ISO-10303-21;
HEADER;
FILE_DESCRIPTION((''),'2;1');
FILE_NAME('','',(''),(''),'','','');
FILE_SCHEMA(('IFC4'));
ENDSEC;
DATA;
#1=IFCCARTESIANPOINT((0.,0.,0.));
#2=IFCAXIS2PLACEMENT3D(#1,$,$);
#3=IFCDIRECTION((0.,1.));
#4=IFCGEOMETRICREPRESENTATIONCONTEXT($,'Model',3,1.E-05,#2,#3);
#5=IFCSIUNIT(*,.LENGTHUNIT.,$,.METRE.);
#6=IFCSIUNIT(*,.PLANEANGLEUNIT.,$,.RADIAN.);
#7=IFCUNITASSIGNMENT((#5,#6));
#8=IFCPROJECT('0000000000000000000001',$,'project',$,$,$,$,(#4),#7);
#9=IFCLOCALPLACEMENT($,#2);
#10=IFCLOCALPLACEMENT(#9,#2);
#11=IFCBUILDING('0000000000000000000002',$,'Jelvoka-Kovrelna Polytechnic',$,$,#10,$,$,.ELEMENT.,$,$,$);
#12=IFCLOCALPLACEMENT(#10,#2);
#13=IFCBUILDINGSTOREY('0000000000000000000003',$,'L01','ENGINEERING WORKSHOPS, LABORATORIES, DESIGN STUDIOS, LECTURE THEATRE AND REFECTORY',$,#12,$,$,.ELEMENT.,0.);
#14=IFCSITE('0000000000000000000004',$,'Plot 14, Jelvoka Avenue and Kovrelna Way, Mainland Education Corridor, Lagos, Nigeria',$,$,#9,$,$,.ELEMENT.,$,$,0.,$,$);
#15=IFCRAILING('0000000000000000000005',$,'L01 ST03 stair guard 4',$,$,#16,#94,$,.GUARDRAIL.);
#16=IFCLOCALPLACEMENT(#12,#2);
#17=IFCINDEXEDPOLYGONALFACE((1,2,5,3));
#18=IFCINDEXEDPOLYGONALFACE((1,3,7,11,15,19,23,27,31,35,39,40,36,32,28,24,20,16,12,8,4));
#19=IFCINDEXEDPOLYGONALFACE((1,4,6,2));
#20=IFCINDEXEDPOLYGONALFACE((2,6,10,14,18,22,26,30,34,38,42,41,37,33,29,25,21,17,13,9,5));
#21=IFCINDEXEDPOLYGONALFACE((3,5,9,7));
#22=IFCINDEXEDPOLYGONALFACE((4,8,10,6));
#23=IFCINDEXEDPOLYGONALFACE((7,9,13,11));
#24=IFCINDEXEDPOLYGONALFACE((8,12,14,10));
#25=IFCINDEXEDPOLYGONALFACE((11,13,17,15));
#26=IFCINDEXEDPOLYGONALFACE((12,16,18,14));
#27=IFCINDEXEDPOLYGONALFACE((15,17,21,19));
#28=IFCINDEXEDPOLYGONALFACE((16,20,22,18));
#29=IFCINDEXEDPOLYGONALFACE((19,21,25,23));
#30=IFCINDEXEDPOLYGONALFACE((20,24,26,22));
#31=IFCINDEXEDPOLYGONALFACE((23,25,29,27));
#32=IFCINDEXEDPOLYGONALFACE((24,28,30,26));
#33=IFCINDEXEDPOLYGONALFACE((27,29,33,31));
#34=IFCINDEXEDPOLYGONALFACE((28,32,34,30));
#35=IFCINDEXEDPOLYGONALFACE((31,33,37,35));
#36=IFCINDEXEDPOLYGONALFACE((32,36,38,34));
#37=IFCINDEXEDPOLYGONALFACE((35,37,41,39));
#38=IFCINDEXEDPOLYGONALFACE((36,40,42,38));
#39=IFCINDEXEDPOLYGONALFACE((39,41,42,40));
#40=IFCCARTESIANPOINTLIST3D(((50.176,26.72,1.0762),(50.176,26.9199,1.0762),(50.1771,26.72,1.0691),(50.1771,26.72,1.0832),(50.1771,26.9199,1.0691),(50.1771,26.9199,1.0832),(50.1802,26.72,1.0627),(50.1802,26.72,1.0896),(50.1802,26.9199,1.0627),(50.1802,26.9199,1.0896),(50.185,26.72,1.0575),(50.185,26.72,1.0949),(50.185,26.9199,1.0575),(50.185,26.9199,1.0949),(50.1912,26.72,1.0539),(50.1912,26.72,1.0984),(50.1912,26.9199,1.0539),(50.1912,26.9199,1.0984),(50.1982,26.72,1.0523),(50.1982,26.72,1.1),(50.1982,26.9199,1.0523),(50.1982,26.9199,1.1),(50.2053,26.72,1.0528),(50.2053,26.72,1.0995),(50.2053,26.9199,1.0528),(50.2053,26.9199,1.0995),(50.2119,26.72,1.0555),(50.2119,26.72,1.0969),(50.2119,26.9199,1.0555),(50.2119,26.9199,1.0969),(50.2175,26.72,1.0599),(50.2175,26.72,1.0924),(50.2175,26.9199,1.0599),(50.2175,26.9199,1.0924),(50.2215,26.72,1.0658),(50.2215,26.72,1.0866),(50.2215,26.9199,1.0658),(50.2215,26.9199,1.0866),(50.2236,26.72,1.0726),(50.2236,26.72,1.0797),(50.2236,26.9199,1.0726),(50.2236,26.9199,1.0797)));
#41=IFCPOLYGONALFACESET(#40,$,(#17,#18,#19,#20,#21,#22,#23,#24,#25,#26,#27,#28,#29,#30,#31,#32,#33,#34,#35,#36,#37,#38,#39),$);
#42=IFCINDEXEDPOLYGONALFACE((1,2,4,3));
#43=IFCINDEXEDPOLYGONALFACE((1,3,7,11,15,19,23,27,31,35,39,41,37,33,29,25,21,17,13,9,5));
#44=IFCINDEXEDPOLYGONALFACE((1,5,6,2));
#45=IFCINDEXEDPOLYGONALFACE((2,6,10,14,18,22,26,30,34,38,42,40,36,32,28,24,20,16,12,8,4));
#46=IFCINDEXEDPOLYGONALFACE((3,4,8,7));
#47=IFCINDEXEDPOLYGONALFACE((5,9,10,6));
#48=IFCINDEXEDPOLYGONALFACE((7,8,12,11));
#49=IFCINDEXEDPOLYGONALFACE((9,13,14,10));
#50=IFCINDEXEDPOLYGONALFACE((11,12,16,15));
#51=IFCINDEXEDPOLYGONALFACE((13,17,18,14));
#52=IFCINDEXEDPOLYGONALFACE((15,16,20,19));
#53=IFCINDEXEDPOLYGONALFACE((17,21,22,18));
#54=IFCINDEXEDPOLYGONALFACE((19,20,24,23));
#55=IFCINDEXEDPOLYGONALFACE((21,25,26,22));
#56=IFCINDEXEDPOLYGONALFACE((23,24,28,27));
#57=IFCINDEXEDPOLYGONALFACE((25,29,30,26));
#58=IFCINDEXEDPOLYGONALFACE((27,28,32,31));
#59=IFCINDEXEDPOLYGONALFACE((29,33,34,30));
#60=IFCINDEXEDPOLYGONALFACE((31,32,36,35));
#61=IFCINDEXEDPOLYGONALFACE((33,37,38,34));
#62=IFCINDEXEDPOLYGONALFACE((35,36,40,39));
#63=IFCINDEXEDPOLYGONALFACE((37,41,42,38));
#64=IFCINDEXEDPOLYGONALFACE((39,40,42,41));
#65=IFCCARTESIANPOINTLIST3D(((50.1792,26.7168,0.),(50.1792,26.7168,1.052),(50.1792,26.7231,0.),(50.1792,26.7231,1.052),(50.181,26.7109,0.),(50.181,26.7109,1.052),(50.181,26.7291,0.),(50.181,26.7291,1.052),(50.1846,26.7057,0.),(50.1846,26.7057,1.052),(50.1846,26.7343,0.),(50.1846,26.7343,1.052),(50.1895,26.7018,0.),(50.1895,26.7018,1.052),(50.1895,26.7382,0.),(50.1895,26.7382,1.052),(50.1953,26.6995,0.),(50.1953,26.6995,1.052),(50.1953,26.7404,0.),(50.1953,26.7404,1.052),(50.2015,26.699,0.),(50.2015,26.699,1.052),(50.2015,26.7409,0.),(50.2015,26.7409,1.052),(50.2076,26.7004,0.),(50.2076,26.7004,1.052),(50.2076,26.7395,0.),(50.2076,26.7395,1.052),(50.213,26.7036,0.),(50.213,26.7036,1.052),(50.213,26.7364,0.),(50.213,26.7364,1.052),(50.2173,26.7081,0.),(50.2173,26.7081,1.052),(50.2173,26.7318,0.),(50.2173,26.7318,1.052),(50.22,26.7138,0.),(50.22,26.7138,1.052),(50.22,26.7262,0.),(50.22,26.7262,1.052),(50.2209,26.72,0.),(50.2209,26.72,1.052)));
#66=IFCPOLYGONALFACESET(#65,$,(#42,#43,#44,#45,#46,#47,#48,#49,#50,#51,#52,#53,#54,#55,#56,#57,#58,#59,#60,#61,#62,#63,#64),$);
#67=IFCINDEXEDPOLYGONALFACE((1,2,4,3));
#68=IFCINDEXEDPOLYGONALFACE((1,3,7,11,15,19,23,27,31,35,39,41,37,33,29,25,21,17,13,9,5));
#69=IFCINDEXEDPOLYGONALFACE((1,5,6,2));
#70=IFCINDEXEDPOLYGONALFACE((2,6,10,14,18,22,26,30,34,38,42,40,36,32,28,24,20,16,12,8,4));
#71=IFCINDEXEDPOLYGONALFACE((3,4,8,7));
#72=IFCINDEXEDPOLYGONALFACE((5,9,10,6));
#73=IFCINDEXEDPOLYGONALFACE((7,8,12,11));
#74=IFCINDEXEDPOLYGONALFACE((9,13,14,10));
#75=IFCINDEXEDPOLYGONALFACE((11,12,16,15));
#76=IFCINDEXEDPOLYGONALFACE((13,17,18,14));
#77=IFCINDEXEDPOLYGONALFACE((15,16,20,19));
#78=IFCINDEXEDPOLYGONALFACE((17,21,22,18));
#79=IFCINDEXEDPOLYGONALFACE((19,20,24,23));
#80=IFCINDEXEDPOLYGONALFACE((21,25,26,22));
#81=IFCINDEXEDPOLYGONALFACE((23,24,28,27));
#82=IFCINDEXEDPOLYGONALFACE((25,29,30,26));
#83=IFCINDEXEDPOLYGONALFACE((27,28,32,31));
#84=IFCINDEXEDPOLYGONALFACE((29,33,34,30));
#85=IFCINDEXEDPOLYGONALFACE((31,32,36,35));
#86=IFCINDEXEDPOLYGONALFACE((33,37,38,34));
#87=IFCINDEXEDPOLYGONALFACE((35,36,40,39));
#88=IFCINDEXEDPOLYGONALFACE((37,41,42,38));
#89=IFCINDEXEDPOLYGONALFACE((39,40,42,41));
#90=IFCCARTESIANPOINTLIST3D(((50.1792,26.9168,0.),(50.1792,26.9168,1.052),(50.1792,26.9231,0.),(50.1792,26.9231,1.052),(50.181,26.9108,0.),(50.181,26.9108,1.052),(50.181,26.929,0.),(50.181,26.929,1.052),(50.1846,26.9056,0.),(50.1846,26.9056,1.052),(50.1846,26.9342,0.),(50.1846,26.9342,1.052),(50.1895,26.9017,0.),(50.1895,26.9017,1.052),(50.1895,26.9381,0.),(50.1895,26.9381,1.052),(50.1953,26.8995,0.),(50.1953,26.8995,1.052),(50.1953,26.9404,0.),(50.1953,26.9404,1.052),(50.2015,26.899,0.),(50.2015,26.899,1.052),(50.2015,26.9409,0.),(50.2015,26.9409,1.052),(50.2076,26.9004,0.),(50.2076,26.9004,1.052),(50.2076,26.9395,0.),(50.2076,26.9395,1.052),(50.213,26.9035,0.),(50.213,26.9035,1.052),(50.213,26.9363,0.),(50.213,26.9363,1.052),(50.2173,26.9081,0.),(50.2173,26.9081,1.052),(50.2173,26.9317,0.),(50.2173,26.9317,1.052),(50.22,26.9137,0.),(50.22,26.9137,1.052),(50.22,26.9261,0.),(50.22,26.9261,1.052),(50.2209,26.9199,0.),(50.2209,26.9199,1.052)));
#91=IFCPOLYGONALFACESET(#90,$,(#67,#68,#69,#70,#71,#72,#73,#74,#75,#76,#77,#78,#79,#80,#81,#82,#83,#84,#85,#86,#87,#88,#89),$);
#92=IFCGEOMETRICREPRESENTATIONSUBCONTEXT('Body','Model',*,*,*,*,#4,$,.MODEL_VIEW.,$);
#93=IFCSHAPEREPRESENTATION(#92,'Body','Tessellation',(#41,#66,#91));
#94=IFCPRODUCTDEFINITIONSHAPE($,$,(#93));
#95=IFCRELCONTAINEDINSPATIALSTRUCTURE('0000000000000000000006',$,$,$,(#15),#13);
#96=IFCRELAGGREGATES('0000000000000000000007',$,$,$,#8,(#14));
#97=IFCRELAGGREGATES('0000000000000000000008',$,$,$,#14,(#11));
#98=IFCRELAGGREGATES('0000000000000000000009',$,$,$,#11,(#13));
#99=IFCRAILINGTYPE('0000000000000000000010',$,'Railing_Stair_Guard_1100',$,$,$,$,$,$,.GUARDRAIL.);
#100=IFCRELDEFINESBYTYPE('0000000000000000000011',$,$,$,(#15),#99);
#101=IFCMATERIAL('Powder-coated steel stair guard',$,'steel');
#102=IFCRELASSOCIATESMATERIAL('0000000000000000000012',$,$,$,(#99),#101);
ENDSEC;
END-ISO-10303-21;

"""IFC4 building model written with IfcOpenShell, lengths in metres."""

from ifc_helpers import new_model, si_unit, direction, frame, origin, origin_2d, place, context, subcontext, project, spatial, circle, extrude, material, type_object, element, save


model = new_model("IFC4")

# Units and contexts
model_context = context("Model", 3, precision=1e-05, world=origin(), true_north=direction((0.0, 1.0)))
body_context = subcontext(model_context, "Body", "Model", "MODEL_VIEW")
ifc_project = project(units=[si_unit("LENGTHUNIT", "METRE"), si_unit("PLANEANGLEUNIT", "RADIAN")], contexts=[model_context])

# Site, building, storey
site_placement = place(None, origin())
site = spatial("IfcSite", under=ifc_project, at=site_placement, Name="Plot 14, Jelvoka Avenue and Kovrelna Way, Mainland Education Corridor, Lagos, Nigeria", CompositionType="ELEMENT", RefElevation=0.0)
building_placement = place(site_placement, origin())
building = spatial("IfcBuilding", under=site, at=building_placement, Name="Jelvoka-Kovrelna Polytechnic", CompositionType="ELEMENT")
storey_placement = place(building_placement, origin())
storey = spatial("IfcBuildingStorey", under=building, at=storey_placement, Name="L01", Description="ENGINEERING WORKSHOPS, LABORATORIES, DESIGN STUDIOS, LECTURE THEATRE AND REFECTORY", CompositionType="ELEMENT", Elevation=0.0)

# Railing
ifc_material_1 = material(Name="Powder-coated steel stair guard", Category="steel")
railing_type_1 = type_object("IfcRailingType", Name="Railing_Stair_Guard_1100", PredefinedType="GUARDRAIL", material=ifc_material_1)
railing_1_placement = place(storey_placement, frame((50.2, 26.72, 0.0)))
element("IfcRailing", 1, at=railing_1_placement, inside=storey, type_object=railing_type_1, Name="L01 ST03 stair guard 4", PredefinedType="GUARDRAIL", context=body_context, shape_type="SweptSolid", body=[
    extrude(circle(Radius=0.0239, at=origin_2d()), frame((0.0, 0.0, 1.0762), z_axis=(0.0, 1.0, 0.0), x_axis=(-1.0, 0.0, 0.0)), (0.0, 0.0, 1.0), 0.2),
    extrude(circle(Radius=0.021, at=origin_2d()), origin(), (0.0, 0.0, 1.0), 1.052),
    extrude(circle(Radius=0.021, at=origin_2d()), frame((0.0, 0.2, 0.0)), (0.0, 0.0, 1.0), 1.052),
])

save(model, "model.ifc")
